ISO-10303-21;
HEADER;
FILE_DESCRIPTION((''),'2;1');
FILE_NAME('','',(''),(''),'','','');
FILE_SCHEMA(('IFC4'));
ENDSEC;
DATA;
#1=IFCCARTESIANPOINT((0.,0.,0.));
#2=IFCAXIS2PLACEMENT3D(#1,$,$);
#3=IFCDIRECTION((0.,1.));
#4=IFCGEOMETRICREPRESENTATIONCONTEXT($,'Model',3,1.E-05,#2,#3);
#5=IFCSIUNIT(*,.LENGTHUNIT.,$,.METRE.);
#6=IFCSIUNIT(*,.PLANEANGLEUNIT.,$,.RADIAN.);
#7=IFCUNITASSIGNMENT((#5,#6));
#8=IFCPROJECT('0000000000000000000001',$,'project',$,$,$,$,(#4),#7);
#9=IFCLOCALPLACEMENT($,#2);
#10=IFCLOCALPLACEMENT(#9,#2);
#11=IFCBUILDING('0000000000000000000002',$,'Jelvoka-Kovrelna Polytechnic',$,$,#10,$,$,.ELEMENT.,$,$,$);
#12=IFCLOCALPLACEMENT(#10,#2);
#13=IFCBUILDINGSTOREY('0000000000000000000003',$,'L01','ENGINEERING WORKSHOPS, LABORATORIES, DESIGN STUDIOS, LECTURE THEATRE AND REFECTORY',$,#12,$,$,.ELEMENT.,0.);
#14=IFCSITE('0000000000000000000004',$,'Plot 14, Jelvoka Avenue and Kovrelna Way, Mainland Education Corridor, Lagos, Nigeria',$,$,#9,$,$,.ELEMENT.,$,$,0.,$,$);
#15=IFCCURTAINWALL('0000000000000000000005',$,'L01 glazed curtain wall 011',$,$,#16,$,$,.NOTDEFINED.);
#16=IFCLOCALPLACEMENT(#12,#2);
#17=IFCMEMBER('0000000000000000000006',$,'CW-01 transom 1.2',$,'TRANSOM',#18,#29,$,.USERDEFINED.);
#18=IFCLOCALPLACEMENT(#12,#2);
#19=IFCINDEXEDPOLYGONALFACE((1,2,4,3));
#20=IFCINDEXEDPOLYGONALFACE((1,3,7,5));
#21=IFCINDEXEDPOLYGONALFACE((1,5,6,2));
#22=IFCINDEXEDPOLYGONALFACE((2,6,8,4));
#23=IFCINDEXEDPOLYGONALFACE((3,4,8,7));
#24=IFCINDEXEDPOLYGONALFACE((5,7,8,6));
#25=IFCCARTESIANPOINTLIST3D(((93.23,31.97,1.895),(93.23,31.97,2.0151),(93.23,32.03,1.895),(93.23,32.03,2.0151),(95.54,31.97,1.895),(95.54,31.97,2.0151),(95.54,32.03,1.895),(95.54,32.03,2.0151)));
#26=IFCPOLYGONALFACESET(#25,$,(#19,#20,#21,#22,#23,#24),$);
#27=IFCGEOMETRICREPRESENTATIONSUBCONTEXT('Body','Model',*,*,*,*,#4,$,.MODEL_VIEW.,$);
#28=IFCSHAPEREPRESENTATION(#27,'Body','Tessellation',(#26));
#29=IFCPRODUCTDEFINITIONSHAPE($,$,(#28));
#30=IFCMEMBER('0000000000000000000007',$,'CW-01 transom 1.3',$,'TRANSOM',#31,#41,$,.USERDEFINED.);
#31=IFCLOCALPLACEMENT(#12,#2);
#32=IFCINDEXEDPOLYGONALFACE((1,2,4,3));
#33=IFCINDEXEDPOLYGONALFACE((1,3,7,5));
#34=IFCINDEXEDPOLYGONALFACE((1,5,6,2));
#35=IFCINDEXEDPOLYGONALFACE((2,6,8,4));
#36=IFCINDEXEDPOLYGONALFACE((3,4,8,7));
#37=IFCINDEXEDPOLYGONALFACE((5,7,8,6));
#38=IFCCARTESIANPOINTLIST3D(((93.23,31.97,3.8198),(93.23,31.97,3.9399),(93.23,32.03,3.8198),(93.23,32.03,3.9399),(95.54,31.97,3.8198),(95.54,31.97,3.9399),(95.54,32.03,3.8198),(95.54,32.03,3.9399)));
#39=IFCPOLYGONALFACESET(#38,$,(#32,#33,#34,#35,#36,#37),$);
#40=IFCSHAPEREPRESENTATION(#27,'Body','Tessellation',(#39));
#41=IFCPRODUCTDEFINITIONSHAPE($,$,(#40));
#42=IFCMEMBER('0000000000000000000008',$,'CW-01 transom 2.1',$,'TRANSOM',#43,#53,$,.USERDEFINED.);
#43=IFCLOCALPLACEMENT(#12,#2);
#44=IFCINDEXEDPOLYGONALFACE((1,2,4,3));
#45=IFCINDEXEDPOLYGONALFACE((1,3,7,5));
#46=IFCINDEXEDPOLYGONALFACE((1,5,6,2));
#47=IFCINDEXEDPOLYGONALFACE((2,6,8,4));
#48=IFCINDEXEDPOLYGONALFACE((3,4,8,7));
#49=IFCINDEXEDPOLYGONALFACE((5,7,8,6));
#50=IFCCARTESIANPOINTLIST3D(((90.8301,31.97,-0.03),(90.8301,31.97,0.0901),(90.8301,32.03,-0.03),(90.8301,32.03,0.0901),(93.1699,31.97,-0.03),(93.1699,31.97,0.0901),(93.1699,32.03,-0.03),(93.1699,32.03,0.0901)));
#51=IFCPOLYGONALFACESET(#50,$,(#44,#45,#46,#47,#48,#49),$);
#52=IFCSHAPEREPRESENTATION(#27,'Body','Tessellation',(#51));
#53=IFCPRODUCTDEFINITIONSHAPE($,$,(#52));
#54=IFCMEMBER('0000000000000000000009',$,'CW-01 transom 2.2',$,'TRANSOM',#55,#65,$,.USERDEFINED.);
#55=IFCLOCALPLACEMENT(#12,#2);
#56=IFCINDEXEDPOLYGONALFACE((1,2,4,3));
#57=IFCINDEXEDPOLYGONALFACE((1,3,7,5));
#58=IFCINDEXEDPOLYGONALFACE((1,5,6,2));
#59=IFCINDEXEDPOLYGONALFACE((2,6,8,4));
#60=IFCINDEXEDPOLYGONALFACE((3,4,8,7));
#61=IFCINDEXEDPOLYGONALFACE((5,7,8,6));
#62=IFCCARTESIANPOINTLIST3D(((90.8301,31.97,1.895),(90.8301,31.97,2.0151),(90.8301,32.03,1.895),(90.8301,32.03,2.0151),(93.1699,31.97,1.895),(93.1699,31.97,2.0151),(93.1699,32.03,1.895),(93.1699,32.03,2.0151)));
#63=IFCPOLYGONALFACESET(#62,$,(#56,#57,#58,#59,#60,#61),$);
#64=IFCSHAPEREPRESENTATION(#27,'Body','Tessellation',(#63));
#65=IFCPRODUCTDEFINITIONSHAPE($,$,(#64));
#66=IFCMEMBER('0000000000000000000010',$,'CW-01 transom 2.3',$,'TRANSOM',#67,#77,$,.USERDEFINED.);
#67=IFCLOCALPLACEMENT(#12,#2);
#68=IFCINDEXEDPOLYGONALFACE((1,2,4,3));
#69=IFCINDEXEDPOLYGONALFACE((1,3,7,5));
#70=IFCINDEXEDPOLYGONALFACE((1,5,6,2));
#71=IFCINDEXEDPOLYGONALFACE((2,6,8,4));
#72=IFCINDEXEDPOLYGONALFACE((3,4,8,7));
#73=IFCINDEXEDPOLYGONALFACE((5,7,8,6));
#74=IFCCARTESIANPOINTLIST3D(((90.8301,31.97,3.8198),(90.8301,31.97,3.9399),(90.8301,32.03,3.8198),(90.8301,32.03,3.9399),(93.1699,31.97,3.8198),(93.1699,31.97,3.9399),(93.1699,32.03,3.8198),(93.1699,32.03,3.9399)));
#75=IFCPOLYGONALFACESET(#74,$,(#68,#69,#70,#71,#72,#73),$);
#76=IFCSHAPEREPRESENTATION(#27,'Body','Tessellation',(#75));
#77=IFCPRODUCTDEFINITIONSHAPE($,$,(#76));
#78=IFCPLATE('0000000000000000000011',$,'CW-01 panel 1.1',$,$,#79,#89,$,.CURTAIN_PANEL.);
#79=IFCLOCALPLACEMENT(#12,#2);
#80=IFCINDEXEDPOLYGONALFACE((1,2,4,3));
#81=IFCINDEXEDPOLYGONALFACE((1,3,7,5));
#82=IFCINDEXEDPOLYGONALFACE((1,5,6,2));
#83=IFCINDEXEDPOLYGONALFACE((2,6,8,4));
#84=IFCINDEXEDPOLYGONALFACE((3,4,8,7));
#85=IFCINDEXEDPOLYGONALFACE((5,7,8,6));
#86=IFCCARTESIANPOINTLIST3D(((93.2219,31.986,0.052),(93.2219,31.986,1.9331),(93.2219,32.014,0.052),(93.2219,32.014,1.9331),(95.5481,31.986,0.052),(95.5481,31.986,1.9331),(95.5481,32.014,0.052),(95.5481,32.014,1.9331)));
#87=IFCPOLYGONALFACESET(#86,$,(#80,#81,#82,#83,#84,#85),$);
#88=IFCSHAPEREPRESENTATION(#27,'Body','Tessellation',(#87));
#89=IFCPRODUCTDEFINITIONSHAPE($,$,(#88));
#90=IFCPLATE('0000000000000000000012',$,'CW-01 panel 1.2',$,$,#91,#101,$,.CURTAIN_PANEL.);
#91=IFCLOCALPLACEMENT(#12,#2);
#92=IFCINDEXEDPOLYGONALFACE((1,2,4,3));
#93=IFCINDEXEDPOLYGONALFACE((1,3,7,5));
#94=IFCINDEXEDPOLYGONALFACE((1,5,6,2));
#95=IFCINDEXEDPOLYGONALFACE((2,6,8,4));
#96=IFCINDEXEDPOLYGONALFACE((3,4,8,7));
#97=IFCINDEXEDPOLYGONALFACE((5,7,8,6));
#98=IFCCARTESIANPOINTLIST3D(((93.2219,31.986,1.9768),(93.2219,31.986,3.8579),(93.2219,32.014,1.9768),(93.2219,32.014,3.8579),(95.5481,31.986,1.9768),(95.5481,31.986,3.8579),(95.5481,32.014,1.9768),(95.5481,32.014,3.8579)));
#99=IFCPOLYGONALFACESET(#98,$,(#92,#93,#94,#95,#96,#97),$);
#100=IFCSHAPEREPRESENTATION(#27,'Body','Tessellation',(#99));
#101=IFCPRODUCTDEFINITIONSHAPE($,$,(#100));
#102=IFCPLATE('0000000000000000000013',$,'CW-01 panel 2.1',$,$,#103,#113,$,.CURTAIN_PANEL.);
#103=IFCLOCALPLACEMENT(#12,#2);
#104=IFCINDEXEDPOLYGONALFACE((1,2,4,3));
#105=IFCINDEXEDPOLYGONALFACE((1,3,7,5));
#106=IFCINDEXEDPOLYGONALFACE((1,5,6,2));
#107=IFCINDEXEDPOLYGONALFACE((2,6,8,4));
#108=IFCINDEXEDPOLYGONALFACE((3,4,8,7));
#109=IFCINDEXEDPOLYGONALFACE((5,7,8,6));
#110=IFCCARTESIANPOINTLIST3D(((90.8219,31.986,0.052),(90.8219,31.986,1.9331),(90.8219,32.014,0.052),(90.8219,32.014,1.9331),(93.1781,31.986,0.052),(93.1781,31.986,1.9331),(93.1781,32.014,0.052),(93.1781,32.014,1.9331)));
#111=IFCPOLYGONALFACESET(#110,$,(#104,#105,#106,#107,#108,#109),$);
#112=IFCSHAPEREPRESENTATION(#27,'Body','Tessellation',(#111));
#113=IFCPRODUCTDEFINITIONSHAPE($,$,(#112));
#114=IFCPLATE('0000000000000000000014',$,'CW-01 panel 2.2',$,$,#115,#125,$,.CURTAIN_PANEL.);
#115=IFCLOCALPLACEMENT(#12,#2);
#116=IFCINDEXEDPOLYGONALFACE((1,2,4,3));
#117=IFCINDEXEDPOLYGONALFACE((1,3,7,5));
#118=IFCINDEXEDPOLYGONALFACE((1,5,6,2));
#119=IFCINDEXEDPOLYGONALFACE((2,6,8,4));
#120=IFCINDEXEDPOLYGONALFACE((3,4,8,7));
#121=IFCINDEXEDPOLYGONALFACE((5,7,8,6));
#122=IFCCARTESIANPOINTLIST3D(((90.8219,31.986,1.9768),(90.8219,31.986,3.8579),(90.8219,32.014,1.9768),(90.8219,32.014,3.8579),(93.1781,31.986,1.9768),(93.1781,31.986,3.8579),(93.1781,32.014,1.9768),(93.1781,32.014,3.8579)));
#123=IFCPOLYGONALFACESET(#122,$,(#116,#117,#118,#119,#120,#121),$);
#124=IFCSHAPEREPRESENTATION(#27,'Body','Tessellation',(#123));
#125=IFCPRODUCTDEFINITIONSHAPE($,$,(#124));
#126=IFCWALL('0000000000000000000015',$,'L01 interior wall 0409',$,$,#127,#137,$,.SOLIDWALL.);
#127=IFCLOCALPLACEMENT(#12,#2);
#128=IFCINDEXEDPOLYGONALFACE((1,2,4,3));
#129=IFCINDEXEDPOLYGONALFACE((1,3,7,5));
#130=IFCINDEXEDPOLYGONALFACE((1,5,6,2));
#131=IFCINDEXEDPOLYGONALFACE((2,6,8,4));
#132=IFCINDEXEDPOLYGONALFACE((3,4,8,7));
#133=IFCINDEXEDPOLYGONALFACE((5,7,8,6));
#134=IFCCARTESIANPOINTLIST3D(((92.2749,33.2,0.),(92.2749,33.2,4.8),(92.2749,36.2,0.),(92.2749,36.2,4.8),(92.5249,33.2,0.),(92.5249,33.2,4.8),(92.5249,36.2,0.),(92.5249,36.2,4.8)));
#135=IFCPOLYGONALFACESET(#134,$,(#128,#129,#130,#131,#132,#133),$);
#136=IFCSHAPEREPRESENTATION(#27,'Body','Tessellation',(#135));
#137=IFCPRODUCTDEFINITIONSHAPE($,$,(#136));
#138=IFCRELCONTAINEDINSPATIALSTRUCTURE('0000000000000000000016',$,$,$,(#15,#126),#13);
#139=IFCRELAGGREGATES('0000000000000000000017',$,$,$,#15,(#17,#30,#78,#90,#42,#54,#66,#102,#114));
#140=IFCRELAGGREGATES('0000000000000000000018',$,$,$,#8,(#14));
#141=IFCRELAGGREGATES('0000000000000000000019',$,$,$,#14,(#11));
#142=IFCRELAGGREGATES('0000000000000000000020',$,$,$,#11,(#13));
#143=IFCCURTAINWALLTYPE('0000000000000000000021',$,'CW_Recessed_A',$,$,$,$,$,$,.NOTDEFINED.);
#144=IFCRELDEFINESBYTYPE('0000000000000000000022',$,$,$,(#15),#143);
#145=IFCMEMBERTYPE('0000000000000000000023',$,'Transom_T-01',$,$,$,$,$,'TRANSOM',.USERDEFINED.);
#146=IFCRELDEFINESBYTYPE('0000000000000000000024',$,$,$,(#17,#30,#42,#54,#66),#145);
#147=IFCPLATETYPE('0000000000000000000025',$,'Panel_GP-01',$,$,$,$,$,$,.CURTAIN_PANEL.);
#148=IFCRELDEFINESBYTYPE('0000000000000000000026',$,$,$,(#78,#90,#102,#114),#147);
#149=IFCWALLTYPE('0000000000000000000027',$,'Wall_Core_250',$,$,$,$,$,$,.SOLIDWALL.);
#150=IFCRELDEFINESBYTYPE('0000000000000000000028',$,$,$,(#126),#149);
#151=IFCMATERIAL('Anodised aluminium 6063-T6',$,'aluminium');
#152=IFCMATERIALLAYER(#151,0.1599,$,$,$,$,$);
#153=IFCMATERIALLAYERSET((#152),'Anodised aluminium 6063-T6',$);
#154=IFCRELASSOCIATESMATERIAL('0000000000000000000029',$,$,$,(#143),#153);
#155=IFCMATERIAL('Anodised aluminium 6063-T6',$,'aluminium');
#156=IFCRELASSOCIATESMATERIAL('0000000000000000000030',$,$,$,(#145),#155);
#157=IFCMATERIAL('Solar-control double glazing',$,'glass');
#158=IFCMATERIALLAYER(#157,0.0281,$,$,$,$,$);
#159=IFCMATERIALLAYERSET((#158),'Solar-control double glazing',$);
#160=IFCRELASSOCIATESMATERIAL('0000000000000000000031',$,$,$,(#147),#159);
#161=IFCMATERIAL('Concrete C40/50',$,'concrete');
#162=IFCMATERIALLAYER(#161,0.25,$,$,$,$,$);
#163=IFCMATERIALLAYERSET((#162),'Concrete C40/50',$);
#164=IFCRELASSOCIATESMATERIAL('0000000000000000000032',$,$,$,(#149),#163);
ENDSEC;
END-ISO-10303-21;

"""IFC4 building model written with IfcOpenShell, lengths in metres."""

from ifc_helpers import new_model, si_unit, direction, frame, frame_2d, origin, origin_2d, place, context, subcontext, project, spatial, rectangle, extrude, material, layer, layer_set, material_profile, profile_set, type_object, element, aggregate, save


model = new_model("IFC4")

# Units and contexts
model_context = context("Model", 3, precision=1e-05, world=origin(), true_north=direction((0.0, 1.0)))
body_context = subcontext(model_context, "Body", "Model", "MODEL_VIEW")
ifc_project = project(units=[si_unit("LENGTHUNIT", "METRE"), si_unit("PLANEANGLEUNIT", "RADIAN")], contexts=[model_context])

# Site, building, storey
site_placement = place(None, origin())
site = spatial("IfcSite", under=ifc_project, at=site_placement, Name="Plot 14, Jelvoka Avenue and Kovrelna Way, Mainland Education Corridor, Lagos, Nigeria", CompositionType="ELEMENT", RefElevation=0.0)
building_placement = place(site_placement, origin())
building = spatial("IfcBuilding", under=site, at=building_placement, Name="Jelvoka-Kovrelna Polytechnic", CompositionType="ELEMENT")
storey_placement = place(building_placement, origin())
storey = spatial("IfcBuildingStorey", under=building, at=storey_placement, Name="L01", Description="ENGINEERING WORKSHOPS, LABORATORIES, DESIGN STUDIOS, LECTURE THEATRE AND REFECTORY", CompositionType="ELEMENT", Elevation=0.0)

# Curtain wall
ifc_material_1 = material(Name="Anodised aluminium 6063-T6", Category="aluminium")
ifc_layer_1 = layer(ifc_material_1, 0.1599)
ifc_layer_set_1 = layer_set([ifc_layer_1], Name="Anodised aluminium 6063-T6")
curtain_wall_type = type_object("IfcCurtainWallType", Name="CW_Recessed_A", PredefinedType="NOTDEFINED", material=ifc_layer_set_1)
curtain_wall_placement = place(storey_placement, origin())
curtain_wall = element("IfcCurtainWall", 1, at=curtain_wall_placement, inside=storey, type_object=curtain_wall_type, Name="L01 glazed curtain wall 011", PredefinedType="NOTDEFINED")

# Members
ifc_material_2 = material(Name="Anodised aluminium 6063-T6", Category="aluminium")
ifc_material_profile_1 = material_profile(ifc_material_2, rectangle(XDim=0.0601, YDim=0.1201, at=origin_2d()), Name="ALU 60x120")
ifc_profile_set_1 = profile_set([ifc_material_profile_1], Name="Anodised aluminium 6063-T6")
member_type_1 = type_object("IfcMemberType", Name="Transom_T-01", ElementType="TRANSOM", PredefinedType="USERDEFINED", material=ifc_profile_set_1)
member_1_placement = place(storey_placement, frame((95.54, 32.0, 1.9551), z_axis=(-1.0, 0.0, 0.0), x_axis=(0.0, -1.0, 0.0)))
member_1 = element("IfcMember", 2, at=member_1_placement, type_object=member_type_1, Name="CW-01 transom 1.2", ObjectType="TRANSOM", PredefinedType="USERDEFINED", context=body_context, shape_type="SweptSolid", body=[
    extrude(rectangle(XDim=0.0601, YDim=0.1201, at=origin_2d()), origin(), (0.0, 0.0, 1.0), 2.3101),
])
member_2_placement = place(storey_placement, frame((95.54, 32.0, 3.8799), z_axis=(-1.0, 0.0, 0.0), x_axis=(0.0, -1.0, 0.0)))
member_2 = element("IfcMember", 3, at=member_2_placement, type_object=member_type_1, Name="CW-01 transom 1.3", ObjectType="TRANSOM", PredefinedType="USERDEFINED", context=body_context, shape_type="SweptSolid", body=[
    extrude(rectangle(XDim=0.0601, YDim=0.1201, at=origin_2d()), origin(), (0.0, 0.0, 1.0), 2.3101),
])
member_3_placement = place(storey_placement, frame((93.1699, 32.0, 0.03), z_axis=(-1.0, 0.0, 0.0), x_axis=(0.0, -1.0, 0.0)))
member_3 = element("IfcMember", 4, at=member_3_placement, type_object=member_type_1, Name="CW-01 transom 2.1", ObjectType="TRANSOM", PredefinedType="USERDEFINED", context=body_context, shape_type="SweptSolid", body=[
    extrude(rectangle(XDim=0.0601, YDim=0.1201, at=origin_2d()), origin(), (0.0, 0.0, 1.0), 2.3398),
])
member_4_placement = place(storey_placement, frame((93.1699, 32.0, 1.9551), z_axis=(-1.0, 0.0, 0.0), x_axis=(0.0, -1.0, 0.0)))
member_4 = element("IfcMember", 5, at=member_4_placement, type_object=member_type_1, Name="CW-01 transom 2.2", ObjectType="TRANSOM", PredefinedType="USERDEFINED", context=body_context, shape_type="SweptSolid", body=[
    extrude(rectangle(XDim=0.0601, YDim=0.1201, at=origin_2d()), origin(), (0.0, 0.0, 1.0), 2.3398),
])
member_5_placement = place(storey_placement, frame((93.1699, 32.0, 3.8799), z_axis=(-1.0, 0.0, 0.0), x_axis=(0.0, -1.0, 0.0)))
member_5 = element("IfcMember", 6, at=member_5_placement, type_object=member_type_1, Name="CW-01 transom 2.3", ObjectType="TRANSOM", PredefinedType="USERDEFINED", context=body_context, shape_type="SweptSolid", body=[
    extrude(rectangle(XDim=0.0601, YDim=0.1201, at=origin_2d()), origin(), (0.0, 0.0, 1.0), 2.3398),
])

# Plates
ifc_material_3 = material(Name="Solar-control double glazing", Category="glass")
ifc_layer_2 = layer(ifc_material_3, 0.0281)
ifc_layer_set_2 = layer_set([ifc_layer_2], Name="Solar-control double glazing")
plate_type = type_object("IfcPlateType", Name="Panel_GP-01", PredefinedType="CURTAIN_PANEL", material=ifc_layer_set_2)
plate_1_placement = place(storey_placement, frame((94.385, 32.0, 0.052), z_axis=(0.0, 0.0, 1.0), x_axis=(-1.0, 0.0, 0.0)))
plate_1 = element("IfcPlate", 7, at=plate_1_placement, type_object=plate_type, Name="CW-01 panel 1.1", PredefinedType="CURTAIN_PANEL", context=body_context, shape_type="SweptSolid", body=[
    extrude(rectangle(XDim=2.3262, YDim=0.0281, at=origin_2d()), origin(), (0.0, 0.0, 1.0), 1.8811),
])
plate_2_placement = place(storey_placement, frame((94.385, 32.0, 1.9768), z_axis=(0.0, 0.0, 1.0), x_axis=(-1.0, 0.0, 0.0)))
plate_2 = element("IfcPlate", 8, at=plate_2_placement, type_object=plate_type, Name="CW-01 panel 1.2", PredefinedType="CURTAIN_PANEL", context=body_context, shape_type="SweptSolid", body=[
    extrude(rectangle(XDim=2.3262, YDim=0.0281, at=origin_2d()), origin(), (0.0, 0.0, 1.0), 1.8811),
])
plate_3_placement = place(storey_placement, frame((92.0, 32.0, 0.052), z_axis=(0.0, 0.0, 1.0), x_axis=(-1.0, 0.0, 0.0)))
plate_3 = element("IfcPlate", 9, at=plate_3_placement, type_object=plate_type, Name="CW-01 panel 2.1", PredefinedType="CURTAIN_PANEL", context=body_context, shape_type="SweptSolid", body=[
    extrude(rectangle(XDim=2.3562, YDim=0.0281, at=origin_2d()), origin(), (0.0, 0.0, 1.0), 1.8811),
])
plate_4_placement = place(storey_placement, frame((92.0, 32.0, 1.9768), z_axis=(0.0, 0.0, 1.0), x_axis=(-1.0, 0.0, 0.0)))
plate_4 = element("IfcPlate", 10, at=plate_4_placement, type_object=plate_type, Name="CW-01 panel 2.2", PredefinedType="CURTAIN_PANEL", context=body_context, shape_type="SweptSolid", body=[
    extrude(rectangle(XDim=2.3562, YDim=0.0281, at=origin_2d()), origin(), (0.0, 0.0, 1.0), 1.8811),
])
aggregate(curtain_wall, [member_1, member_2, plate_1, plate_2, member_3, member_4, member_5, plate_3, plate_4])

# Wall
ifc_material_4 = material(Name="Concrete C40/50", Category="concrete")
ifc_layer_3 = layer(ifc_material_4, 0.25)
ifc_layer_set_3 = layer_set([ifc_layer_3], Name="Concrete C40/50")
wall_type = type_object("IfcWallType", Name="Wall_Core_250", PredefinedType="SOLIDWALL", material=ifc_layer_set_3)
wall_placement = place(storey_placement, frame((92.3999, 33.2, 0.0), z_axis=(0.0, 0.0, 1.0), x_axis=(0.0, 1.0, 0.0)))
element("IfcWall", 11, at=wall_placement, inside=storey, type_object=wall_type, Name="L01 interior wall 0409", PredefinedType="SOLIDWALL", context=body_context, shape_type="SweptSolid", body=[
    extrude(rectangle(XDim=3.0, YDim=0.25, at=frame_2d((1.5, 0.0))), origin(), (0.0, 0.0, 1.0), 4.8),
])

save(model, "model.ifc")
